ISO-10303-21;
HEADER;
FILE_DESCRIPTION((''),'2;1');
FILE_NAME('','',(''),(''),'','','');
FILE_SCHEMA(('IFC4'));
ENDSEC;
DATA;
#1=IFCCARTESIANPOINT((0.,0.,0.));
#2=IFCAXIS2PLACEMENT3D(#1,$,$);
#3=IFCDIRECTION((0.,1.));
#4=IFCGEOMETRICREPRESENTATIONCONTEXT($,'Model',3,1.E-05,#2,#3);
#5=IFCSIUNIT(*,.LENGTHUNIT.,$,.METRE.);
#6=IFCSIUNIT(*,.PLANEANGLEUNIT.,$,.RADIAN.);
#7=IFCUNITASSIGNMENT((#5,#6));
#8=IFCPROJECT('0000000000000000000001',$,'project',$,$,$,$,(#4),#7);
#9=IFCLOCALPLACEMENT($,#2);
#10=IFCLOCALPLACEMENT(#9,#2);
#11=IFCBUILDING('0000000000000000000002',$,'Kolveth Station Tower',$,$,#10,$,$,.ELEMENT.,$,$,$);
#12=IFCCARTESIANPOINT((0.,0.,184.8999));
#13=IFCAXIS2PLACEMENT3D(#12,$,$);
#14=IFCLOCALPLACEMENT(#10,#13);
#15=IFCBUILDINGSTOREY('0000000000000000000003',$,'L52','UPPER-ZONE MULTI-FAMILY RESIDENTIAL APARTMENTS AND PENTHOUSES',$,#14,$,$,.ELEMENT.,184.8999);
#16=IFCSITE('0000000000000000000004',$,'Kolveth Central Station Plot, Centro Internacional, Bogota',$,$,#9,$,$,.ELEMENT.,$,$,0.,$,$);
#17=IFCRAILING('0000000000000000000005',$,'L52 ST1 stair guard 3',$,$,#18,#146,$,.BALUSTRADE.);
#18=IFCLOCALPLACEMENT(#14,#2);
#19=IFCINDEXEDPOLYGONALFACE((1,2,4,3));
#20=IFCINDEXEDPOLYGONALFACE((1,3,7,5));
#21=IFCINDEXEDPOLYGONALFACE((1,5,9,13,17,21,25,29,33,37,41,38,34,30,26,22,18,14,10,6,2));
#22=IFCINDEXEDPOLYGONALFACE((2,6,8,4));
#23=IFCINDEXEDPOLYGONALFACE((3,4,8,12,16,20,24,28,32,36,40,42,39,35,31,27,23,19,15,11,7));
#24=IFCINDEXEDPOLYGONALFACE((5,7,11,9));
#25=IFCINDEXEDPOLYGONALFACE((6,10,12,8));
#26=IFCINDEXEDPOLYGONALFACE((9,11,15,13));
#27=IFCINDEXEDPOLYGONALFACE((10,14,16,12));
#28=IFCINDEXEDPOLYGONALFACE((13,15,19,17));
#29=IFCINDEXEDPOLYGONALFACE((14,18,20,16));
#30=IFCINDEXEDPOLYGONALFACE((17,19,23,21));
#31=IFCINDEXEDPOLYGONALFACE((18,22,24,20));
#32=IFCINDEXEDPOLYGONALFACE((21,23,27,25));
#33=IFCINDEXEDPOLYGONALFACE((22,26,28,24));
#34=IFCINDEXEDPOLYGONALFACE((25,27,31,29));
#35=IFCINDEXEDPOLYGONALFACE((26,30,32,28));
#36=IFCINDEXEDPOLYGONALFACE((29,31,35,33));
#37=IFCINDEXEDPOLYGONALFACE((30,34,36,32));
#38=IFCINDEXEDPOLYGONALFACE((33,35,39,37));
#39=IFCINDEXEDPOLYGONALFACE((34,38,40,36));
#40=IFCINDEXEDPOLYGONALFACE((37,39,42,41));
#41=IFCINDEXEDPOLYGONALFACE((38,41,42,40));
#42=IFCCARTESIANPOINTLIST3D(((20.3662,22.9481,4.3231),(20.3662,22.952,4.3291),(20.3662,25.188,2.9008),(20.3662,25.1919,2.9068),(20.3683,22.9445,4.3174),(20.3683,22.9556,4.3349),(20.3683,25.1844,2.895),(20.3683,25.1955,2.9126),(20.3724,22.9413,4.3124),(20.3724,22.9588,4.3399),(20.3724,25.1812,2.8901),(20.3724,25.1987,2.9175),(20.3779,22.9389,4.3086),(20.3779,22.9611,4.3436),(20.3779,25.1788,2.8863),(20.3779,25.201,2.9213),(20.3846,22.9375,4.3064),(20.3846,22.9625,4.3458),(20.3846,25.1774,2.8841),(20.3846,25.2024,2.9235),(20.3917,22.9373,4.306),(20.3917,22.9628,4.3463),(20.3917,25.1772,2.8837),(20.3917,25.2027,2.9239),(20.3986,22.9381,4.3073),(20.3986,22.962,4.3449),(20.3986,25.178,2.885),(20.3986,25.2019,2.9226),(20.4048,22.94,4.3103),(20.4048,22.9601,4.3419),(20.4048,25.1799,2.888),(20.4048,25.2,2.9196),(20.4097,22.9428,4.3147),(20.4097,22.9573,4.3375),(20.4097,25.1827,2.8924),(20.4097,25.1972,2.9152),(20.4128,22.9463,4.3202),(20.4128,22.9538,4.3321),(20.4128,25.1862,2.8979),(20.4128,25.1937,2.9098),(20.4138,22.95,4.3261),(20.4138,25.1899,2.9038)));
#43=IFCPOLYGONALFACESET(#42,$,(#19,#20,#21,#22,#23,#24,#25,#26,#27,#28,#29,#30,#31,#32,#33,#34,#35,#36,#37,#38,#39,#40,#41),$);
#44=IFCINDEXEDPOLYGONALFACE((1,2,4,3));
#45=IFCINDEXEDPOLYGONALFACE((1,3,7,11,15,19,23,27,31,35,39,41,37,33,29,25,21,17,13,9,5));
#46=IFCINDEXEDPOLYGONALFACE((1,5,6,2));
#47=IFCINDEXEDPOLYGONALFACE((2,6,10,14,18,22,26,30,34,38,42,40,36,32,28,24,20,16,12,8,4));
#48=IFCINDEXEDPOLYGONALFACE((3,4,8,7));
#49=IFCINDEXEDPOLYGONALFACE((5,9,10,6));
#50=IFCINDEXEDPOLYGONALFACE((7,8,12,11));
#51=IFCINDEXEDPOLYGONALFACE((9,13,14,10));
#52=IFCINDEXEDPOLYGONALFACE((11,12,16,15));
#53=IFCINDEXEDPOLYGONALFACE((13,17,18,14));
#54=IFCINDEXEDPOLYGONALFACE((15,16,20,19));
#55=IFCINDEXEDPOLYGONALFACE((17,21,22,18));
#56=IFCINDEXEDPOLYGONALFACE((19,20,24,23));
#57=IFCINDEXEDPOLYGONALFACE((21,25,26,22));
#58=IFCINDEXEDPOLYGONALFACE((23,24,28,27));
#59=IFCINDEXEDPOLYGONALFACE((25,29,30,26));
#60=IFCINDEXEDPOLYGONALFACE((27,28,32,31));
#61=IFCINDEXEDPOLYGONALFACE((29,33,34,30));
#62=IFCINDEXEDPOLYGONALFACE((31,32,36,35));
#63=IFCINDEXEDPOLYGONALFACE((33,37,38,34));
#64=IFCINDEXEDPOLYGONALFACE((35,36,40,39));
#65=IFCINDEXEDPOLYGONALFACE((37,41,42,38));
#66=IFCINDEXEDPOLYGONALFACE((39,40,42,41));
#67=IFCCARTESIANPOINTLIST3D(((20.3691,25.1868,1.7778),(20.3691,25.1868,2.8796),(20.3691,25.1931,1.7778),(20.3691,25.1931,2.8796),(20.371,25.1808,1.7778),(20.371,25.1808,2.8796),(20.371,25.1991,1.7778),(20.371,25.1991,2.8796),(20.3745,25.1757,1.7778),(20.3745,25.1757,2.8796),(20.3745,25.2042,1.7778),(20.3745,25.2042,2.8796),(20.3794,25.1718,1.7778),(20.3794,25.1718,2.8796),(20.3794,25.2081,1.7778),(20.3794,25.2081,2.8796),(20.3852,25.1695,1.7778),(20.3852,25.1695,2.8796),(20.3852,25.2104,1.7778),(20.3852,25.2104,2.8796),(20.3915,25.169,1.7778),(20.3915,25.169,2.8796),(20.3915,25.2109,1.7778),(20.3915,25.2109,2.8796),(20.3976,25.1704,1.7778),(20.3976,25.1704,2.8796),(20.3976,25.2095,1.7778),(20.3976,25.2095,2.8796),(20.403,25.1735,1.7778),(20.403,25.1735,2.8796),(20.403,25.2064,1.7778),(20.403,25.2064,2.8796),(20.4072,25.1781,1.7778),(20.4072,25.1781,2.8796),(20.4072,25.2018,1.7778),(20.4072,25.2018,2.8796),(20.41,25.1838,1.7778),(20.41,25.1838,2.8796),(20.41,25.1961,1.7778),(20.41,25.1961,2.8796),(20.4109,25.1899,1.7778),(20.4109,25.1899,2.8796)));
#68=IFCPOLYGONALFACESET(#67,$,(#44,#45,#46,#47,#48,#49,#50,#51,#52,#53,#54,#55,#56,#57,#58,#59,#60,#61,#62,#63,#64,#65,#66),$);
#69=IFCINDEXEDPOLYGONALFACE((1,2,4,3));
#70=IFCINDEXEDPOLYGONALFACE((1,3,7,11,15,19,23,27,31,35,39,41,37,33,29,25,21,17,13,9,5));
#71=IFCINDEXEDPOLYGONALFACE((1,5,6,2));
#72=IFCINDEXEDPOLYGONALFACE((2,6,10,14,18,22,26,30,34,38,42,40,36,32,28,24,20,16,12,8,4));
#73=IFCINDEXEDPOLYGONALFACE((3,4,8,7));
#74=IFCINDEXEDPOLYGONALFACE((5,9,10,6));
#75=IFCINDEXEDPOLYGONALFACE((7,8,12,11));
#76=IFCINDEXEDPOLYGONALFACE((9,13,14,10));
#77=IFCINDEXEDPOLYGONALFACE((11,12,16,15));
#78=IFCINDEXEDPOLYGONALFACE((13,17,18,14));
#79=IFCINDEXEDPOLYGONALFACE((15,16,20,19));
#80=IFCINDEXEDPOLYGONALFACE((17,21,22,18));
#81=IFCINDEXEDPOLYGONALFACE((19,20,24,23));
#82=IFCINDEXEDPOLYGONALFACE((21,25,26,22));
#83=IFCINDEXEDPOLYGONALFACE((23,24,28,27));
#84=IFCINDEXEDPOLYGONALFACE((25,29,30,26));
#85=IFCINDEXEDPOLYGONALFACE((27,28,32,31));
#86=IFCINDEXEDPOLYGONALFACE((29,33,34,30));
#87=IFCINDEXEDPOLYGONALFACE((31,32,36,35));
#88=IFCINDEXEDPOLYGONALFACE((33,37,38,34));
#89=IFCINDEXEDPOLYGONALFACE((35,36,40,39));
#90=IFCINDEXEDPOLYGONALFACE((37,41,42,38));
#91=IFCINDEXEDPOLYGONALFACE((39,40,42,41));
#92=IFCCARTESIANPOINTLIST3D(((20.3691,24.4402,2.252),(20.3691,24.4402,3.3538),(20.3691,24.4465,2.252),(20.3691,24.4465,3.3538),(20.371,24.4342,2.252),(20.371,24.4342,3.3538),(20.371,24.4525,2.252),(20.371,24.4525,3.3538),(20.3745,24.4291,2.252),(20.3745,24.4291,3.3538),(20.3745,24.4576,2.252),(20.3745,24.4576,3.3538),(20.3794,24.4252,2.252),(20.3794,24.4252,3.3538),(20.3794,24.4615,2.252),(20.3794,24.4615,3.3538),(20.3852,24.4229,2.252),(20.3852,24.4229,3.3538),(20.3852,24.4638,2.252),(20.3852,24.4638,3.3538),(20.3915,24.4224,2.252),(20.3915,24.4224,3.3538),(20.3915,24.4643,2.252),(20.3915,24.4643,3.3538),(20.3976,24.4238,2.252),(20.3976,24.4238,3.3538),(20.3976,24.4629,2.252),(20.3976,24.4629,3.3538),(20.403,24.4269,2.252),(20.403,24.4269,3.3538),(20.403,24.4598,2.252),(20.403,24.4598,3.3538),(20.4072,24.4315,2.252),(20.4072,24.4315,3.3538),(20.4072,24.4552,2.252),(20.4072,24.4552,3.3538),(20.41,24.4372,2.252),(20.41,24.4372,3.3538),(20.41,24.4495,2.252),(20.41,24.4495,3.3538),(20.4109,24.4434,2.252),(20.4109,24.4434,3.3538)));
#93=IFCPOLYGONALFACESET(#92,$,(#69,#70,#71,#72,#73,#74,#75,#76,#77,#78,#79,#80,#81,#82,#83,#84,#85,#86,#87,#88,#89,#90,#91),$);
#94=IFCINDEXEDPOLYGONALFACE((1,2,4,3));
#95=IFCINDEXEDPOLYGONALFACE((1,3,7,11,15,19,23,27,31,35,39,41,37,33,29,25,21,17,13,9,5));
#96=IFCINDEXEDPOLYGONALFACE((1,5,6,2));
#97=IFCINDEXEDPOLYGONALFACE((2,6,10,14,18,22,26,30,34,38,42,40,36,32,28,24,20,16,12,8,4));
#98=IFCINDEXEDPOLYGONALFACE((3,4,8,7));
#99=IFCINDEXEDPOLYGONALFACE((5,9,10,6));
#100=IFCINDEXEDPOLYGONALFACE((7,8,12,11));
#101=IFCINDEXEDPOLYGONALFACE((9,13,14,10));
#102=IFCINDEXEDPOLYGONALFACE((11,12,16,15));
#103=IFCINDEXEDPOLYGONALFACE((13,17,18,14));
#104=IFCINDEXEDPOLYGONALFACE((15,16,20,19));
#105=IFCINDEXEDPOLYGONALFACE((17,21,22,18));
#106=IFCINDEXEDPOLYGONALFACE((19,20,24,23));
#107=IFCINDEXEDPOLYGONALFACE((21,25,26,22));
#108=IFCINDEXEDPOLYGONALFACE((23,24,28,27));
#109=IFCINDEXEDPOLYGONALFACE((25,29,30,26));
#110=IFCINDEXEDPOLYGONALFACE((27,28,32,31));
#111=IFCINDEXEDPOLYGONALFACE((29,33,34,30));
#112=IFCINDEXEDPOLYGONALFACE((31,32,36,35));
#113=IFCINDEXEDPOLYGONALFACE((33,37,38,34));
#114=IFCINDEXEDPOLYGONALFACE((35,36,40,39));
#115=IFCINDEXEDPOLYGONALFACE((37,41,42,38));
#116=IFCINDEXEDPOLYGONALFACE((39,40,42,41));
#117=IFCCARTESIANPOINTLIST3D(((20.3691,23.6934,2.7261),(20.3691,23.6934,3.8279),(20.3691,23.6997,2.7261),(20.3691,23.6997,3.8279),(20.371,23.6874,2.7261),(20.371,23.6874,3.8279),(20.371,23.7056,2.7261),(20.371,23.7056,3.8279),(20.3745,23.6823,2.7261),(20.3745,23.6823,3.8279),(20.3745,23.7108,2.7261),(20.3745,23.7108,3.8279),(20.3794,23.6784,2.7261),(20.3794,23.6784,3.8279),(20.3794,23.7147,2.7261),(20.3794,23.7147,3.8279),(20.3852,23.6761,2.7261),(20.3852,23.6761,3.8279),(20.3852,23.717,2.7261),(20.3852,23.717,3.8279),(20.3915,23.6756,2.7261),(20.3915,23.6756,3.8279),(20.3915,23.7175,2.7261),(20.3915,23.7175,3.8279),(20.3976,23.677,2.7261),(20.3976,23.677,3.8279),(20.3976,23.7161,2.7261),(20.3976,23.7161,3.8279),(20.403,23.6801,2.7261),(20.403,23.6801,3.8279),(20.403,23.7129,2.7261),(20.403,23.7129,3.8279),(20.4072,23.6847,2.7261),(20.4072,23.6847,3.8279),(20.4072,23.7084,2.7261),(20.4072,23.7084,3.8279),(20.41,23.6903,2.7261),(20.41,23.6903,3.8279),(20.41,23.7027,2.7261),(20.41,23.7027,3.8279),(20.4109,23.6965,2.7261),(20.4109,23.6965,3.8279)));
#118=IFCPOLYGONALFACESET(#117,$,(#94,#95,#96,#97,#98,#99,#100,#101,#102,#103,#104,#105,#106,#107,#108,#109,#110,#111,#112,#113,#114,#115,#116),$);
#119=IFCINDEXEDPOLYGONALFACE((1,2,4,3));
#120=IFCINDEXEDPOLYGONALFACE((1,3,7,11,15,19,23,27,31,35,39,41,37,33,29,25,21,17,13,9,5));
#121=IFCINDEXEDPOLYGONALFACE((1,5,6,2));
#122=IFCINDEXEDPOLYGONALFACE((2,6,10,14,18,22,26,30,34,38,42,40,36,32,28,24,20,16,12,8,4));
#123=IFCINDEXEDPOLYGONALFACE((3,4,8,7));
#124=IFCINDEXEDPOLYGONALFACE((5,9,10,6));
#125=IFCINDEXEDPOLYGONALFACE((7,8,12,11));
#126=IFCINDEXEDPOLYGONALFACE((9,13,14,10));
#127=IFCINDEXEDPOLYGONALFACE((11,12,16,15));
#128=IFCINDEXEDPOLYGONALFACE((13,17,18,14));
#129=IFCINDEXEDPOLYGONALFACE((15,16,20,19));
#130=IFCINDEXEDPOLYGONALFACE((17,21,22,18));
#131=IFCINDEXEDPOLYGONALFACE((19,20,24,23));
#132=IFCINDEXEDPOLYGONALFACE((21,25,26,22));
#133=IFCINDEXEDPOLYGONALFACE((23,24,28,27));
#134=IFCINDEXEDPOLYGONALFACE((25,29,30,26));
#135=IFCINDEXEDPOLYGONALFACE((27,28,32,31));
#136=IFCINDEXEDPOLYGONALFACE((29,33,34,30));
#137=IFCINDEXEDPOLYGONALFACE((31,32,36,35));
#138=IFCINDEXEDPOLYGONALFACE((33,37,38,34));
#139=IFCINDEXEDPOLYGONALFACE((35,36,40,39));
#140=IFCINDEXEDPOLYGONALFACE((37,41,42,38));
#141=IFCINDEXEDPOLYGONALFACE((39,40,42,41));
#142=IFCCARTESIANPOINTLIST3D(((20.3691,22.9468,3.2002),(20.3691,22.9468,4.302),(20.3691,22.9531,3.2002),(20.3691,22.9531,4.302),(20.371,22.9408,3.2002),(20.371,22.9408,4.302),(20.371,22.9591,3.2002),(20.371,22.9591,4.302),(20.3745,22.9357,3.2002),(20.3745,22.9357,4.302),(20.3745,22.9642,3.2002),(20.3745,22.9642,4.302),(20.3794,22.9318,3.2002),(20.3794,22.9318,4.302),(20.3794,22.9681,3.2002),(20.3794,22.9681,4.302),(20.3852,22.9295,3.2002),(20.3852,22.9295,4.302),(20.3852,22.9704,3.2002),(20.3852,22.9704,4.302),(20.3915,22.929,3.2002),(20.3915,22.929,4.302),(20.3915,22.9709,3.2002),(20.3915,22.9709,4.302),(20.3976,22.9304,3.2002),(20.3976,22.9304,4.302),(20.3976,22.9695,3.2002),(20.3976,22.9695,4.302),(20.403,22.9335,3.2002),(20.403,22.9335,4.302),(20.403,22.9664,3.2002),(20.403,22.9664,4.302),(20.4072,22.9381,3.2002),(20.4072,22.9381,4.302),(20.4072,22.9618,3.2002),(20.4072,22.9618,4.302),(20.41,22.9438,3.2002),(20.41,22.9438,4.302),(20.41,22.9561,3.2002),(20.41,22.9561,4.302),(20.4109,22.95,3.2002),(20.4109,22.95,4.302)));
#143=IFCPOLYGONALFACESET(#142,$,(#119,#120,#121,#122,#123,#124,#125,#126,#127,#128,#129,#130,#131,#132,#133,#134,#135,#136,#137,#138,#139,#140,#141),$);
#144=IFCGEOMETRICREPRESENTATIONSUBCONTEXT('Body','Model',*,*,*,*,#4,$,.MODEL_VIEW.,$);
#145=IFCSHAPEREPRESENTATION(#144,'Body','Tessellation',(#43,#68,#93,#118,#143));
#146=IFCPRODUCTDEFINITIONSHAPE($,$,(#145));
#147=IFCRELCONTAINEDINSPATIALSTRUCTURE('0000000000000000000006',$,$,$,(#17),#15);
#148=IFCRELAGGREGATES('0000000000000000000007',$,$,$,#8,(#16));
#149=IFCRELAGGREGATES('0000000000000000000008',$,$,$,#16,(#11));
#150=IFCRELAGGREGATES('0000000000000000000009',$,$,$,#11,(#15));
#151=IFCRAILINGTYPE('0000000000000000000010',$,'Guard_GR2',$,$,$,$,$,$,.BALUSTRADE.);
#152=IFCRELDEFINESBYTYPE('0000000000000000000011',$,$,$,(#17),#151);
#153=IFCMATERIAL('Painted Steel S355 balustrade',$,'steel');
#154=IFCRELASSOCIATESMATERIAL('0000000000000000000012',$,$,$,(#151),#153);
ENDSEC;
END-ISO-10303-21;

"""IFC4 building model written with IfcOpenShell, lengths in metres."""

from ifc_helpers import new_model, si_unit, direction, frame, origin, origin_2d, place, context, subcontext, project, spatial, circle, extrude, material, type_object, element, save


model = new_model("IFC4")

# Units and contexts
model_context = context("Model", 3, precision=1e-05, world=origin(), true_north=direction((0.0, 1.0)))
body_context = subcontext(model_context, "Body", "Model", "MODEL_VIEW")
ifc_project = project(units=[si_unit("LENGTHUNIT", "METRE"), si_unit("PLANEANGLEUNIT", "RADIAN")], contexts=[model_context])

# Site, building, storey
site_placement = place(None, origin())
site = spatial("IfcSite", under=ifc_project, at=site_placement, Name="Kolveth Central Station Plot, Centro Internacional, Bogota", CompositionType="ELEMENT", RefElevation=0.0)
building_placement = place(site_placement, origin())
building = spatial("IfcBuilding", under=site, at=building_placement, Name="Kolveth Station Tower", CompositionType="ELEMENT")
storey_placement = place(building_placement, frame((0.0, 0.0, 184.8999)))
storey = spatial("IfcBuildingStorey", under=building, at=storey_placement, Name="L52", Description="UPPER-ZONE MULTI-FAMILY RESIDENTIAL APARTMENTS AND PENTHOUSES", CompositionType="ELEMENT", Elevation=184.8999)

# Railing
ifc_material_1 = material(Name="Painted Steel S355 balustrade", Category="steel")
railing_type_1 = type_object("IfcRailingType", Name="Guard_GR2", PredefinedType="BALUSTRADE", material=ifc_material_1)
railing_1_placement = place(storey_placement, frame((20.3899, 25.1899, 1.7778)))
element("IfcRailing", 1, at=railing_1_placement, inside=storey, type_object=railing_type_1, Name="L52 ST1 stair guard 3", PredefinedType="BALUSTRADE", context=body_context, shape_type="SweptSolid", body=[
    extrude(circle(Radius=0.0239, at=origin_2d()), frame((0.0, 0.0, 1.126), z_axis=(0.0, -0.844188, 0.536048), x_axis=(1.0, 0.0, 0.0)), (0.0, 0.0, 1.0), 2.6533),
    extrude(circle(Radius=0.021, at=origin_2d()), origin(), (0.0, 0.0, 1.0), 1.1018),
    extrude(circle(Radius=0.021, at=origin_2d()), frame((0.0, -0.7466, 0.4741)), (0.0, 0.0, 1.0), 1.1018),
    extrude(circle(Radius=0.021, at=origin_2d()), frame((0.0, -1.4934, 0.9482)), (0.0, 0.0, 1.0), 1.1018),
    extrude(circle(Radius=0.021, at=origin_2d()), frame((0.0, -2.24, 1.4224)), (0.0, 0.0, 1.0), 1.1018),
])

save(model, "model.ifc")
